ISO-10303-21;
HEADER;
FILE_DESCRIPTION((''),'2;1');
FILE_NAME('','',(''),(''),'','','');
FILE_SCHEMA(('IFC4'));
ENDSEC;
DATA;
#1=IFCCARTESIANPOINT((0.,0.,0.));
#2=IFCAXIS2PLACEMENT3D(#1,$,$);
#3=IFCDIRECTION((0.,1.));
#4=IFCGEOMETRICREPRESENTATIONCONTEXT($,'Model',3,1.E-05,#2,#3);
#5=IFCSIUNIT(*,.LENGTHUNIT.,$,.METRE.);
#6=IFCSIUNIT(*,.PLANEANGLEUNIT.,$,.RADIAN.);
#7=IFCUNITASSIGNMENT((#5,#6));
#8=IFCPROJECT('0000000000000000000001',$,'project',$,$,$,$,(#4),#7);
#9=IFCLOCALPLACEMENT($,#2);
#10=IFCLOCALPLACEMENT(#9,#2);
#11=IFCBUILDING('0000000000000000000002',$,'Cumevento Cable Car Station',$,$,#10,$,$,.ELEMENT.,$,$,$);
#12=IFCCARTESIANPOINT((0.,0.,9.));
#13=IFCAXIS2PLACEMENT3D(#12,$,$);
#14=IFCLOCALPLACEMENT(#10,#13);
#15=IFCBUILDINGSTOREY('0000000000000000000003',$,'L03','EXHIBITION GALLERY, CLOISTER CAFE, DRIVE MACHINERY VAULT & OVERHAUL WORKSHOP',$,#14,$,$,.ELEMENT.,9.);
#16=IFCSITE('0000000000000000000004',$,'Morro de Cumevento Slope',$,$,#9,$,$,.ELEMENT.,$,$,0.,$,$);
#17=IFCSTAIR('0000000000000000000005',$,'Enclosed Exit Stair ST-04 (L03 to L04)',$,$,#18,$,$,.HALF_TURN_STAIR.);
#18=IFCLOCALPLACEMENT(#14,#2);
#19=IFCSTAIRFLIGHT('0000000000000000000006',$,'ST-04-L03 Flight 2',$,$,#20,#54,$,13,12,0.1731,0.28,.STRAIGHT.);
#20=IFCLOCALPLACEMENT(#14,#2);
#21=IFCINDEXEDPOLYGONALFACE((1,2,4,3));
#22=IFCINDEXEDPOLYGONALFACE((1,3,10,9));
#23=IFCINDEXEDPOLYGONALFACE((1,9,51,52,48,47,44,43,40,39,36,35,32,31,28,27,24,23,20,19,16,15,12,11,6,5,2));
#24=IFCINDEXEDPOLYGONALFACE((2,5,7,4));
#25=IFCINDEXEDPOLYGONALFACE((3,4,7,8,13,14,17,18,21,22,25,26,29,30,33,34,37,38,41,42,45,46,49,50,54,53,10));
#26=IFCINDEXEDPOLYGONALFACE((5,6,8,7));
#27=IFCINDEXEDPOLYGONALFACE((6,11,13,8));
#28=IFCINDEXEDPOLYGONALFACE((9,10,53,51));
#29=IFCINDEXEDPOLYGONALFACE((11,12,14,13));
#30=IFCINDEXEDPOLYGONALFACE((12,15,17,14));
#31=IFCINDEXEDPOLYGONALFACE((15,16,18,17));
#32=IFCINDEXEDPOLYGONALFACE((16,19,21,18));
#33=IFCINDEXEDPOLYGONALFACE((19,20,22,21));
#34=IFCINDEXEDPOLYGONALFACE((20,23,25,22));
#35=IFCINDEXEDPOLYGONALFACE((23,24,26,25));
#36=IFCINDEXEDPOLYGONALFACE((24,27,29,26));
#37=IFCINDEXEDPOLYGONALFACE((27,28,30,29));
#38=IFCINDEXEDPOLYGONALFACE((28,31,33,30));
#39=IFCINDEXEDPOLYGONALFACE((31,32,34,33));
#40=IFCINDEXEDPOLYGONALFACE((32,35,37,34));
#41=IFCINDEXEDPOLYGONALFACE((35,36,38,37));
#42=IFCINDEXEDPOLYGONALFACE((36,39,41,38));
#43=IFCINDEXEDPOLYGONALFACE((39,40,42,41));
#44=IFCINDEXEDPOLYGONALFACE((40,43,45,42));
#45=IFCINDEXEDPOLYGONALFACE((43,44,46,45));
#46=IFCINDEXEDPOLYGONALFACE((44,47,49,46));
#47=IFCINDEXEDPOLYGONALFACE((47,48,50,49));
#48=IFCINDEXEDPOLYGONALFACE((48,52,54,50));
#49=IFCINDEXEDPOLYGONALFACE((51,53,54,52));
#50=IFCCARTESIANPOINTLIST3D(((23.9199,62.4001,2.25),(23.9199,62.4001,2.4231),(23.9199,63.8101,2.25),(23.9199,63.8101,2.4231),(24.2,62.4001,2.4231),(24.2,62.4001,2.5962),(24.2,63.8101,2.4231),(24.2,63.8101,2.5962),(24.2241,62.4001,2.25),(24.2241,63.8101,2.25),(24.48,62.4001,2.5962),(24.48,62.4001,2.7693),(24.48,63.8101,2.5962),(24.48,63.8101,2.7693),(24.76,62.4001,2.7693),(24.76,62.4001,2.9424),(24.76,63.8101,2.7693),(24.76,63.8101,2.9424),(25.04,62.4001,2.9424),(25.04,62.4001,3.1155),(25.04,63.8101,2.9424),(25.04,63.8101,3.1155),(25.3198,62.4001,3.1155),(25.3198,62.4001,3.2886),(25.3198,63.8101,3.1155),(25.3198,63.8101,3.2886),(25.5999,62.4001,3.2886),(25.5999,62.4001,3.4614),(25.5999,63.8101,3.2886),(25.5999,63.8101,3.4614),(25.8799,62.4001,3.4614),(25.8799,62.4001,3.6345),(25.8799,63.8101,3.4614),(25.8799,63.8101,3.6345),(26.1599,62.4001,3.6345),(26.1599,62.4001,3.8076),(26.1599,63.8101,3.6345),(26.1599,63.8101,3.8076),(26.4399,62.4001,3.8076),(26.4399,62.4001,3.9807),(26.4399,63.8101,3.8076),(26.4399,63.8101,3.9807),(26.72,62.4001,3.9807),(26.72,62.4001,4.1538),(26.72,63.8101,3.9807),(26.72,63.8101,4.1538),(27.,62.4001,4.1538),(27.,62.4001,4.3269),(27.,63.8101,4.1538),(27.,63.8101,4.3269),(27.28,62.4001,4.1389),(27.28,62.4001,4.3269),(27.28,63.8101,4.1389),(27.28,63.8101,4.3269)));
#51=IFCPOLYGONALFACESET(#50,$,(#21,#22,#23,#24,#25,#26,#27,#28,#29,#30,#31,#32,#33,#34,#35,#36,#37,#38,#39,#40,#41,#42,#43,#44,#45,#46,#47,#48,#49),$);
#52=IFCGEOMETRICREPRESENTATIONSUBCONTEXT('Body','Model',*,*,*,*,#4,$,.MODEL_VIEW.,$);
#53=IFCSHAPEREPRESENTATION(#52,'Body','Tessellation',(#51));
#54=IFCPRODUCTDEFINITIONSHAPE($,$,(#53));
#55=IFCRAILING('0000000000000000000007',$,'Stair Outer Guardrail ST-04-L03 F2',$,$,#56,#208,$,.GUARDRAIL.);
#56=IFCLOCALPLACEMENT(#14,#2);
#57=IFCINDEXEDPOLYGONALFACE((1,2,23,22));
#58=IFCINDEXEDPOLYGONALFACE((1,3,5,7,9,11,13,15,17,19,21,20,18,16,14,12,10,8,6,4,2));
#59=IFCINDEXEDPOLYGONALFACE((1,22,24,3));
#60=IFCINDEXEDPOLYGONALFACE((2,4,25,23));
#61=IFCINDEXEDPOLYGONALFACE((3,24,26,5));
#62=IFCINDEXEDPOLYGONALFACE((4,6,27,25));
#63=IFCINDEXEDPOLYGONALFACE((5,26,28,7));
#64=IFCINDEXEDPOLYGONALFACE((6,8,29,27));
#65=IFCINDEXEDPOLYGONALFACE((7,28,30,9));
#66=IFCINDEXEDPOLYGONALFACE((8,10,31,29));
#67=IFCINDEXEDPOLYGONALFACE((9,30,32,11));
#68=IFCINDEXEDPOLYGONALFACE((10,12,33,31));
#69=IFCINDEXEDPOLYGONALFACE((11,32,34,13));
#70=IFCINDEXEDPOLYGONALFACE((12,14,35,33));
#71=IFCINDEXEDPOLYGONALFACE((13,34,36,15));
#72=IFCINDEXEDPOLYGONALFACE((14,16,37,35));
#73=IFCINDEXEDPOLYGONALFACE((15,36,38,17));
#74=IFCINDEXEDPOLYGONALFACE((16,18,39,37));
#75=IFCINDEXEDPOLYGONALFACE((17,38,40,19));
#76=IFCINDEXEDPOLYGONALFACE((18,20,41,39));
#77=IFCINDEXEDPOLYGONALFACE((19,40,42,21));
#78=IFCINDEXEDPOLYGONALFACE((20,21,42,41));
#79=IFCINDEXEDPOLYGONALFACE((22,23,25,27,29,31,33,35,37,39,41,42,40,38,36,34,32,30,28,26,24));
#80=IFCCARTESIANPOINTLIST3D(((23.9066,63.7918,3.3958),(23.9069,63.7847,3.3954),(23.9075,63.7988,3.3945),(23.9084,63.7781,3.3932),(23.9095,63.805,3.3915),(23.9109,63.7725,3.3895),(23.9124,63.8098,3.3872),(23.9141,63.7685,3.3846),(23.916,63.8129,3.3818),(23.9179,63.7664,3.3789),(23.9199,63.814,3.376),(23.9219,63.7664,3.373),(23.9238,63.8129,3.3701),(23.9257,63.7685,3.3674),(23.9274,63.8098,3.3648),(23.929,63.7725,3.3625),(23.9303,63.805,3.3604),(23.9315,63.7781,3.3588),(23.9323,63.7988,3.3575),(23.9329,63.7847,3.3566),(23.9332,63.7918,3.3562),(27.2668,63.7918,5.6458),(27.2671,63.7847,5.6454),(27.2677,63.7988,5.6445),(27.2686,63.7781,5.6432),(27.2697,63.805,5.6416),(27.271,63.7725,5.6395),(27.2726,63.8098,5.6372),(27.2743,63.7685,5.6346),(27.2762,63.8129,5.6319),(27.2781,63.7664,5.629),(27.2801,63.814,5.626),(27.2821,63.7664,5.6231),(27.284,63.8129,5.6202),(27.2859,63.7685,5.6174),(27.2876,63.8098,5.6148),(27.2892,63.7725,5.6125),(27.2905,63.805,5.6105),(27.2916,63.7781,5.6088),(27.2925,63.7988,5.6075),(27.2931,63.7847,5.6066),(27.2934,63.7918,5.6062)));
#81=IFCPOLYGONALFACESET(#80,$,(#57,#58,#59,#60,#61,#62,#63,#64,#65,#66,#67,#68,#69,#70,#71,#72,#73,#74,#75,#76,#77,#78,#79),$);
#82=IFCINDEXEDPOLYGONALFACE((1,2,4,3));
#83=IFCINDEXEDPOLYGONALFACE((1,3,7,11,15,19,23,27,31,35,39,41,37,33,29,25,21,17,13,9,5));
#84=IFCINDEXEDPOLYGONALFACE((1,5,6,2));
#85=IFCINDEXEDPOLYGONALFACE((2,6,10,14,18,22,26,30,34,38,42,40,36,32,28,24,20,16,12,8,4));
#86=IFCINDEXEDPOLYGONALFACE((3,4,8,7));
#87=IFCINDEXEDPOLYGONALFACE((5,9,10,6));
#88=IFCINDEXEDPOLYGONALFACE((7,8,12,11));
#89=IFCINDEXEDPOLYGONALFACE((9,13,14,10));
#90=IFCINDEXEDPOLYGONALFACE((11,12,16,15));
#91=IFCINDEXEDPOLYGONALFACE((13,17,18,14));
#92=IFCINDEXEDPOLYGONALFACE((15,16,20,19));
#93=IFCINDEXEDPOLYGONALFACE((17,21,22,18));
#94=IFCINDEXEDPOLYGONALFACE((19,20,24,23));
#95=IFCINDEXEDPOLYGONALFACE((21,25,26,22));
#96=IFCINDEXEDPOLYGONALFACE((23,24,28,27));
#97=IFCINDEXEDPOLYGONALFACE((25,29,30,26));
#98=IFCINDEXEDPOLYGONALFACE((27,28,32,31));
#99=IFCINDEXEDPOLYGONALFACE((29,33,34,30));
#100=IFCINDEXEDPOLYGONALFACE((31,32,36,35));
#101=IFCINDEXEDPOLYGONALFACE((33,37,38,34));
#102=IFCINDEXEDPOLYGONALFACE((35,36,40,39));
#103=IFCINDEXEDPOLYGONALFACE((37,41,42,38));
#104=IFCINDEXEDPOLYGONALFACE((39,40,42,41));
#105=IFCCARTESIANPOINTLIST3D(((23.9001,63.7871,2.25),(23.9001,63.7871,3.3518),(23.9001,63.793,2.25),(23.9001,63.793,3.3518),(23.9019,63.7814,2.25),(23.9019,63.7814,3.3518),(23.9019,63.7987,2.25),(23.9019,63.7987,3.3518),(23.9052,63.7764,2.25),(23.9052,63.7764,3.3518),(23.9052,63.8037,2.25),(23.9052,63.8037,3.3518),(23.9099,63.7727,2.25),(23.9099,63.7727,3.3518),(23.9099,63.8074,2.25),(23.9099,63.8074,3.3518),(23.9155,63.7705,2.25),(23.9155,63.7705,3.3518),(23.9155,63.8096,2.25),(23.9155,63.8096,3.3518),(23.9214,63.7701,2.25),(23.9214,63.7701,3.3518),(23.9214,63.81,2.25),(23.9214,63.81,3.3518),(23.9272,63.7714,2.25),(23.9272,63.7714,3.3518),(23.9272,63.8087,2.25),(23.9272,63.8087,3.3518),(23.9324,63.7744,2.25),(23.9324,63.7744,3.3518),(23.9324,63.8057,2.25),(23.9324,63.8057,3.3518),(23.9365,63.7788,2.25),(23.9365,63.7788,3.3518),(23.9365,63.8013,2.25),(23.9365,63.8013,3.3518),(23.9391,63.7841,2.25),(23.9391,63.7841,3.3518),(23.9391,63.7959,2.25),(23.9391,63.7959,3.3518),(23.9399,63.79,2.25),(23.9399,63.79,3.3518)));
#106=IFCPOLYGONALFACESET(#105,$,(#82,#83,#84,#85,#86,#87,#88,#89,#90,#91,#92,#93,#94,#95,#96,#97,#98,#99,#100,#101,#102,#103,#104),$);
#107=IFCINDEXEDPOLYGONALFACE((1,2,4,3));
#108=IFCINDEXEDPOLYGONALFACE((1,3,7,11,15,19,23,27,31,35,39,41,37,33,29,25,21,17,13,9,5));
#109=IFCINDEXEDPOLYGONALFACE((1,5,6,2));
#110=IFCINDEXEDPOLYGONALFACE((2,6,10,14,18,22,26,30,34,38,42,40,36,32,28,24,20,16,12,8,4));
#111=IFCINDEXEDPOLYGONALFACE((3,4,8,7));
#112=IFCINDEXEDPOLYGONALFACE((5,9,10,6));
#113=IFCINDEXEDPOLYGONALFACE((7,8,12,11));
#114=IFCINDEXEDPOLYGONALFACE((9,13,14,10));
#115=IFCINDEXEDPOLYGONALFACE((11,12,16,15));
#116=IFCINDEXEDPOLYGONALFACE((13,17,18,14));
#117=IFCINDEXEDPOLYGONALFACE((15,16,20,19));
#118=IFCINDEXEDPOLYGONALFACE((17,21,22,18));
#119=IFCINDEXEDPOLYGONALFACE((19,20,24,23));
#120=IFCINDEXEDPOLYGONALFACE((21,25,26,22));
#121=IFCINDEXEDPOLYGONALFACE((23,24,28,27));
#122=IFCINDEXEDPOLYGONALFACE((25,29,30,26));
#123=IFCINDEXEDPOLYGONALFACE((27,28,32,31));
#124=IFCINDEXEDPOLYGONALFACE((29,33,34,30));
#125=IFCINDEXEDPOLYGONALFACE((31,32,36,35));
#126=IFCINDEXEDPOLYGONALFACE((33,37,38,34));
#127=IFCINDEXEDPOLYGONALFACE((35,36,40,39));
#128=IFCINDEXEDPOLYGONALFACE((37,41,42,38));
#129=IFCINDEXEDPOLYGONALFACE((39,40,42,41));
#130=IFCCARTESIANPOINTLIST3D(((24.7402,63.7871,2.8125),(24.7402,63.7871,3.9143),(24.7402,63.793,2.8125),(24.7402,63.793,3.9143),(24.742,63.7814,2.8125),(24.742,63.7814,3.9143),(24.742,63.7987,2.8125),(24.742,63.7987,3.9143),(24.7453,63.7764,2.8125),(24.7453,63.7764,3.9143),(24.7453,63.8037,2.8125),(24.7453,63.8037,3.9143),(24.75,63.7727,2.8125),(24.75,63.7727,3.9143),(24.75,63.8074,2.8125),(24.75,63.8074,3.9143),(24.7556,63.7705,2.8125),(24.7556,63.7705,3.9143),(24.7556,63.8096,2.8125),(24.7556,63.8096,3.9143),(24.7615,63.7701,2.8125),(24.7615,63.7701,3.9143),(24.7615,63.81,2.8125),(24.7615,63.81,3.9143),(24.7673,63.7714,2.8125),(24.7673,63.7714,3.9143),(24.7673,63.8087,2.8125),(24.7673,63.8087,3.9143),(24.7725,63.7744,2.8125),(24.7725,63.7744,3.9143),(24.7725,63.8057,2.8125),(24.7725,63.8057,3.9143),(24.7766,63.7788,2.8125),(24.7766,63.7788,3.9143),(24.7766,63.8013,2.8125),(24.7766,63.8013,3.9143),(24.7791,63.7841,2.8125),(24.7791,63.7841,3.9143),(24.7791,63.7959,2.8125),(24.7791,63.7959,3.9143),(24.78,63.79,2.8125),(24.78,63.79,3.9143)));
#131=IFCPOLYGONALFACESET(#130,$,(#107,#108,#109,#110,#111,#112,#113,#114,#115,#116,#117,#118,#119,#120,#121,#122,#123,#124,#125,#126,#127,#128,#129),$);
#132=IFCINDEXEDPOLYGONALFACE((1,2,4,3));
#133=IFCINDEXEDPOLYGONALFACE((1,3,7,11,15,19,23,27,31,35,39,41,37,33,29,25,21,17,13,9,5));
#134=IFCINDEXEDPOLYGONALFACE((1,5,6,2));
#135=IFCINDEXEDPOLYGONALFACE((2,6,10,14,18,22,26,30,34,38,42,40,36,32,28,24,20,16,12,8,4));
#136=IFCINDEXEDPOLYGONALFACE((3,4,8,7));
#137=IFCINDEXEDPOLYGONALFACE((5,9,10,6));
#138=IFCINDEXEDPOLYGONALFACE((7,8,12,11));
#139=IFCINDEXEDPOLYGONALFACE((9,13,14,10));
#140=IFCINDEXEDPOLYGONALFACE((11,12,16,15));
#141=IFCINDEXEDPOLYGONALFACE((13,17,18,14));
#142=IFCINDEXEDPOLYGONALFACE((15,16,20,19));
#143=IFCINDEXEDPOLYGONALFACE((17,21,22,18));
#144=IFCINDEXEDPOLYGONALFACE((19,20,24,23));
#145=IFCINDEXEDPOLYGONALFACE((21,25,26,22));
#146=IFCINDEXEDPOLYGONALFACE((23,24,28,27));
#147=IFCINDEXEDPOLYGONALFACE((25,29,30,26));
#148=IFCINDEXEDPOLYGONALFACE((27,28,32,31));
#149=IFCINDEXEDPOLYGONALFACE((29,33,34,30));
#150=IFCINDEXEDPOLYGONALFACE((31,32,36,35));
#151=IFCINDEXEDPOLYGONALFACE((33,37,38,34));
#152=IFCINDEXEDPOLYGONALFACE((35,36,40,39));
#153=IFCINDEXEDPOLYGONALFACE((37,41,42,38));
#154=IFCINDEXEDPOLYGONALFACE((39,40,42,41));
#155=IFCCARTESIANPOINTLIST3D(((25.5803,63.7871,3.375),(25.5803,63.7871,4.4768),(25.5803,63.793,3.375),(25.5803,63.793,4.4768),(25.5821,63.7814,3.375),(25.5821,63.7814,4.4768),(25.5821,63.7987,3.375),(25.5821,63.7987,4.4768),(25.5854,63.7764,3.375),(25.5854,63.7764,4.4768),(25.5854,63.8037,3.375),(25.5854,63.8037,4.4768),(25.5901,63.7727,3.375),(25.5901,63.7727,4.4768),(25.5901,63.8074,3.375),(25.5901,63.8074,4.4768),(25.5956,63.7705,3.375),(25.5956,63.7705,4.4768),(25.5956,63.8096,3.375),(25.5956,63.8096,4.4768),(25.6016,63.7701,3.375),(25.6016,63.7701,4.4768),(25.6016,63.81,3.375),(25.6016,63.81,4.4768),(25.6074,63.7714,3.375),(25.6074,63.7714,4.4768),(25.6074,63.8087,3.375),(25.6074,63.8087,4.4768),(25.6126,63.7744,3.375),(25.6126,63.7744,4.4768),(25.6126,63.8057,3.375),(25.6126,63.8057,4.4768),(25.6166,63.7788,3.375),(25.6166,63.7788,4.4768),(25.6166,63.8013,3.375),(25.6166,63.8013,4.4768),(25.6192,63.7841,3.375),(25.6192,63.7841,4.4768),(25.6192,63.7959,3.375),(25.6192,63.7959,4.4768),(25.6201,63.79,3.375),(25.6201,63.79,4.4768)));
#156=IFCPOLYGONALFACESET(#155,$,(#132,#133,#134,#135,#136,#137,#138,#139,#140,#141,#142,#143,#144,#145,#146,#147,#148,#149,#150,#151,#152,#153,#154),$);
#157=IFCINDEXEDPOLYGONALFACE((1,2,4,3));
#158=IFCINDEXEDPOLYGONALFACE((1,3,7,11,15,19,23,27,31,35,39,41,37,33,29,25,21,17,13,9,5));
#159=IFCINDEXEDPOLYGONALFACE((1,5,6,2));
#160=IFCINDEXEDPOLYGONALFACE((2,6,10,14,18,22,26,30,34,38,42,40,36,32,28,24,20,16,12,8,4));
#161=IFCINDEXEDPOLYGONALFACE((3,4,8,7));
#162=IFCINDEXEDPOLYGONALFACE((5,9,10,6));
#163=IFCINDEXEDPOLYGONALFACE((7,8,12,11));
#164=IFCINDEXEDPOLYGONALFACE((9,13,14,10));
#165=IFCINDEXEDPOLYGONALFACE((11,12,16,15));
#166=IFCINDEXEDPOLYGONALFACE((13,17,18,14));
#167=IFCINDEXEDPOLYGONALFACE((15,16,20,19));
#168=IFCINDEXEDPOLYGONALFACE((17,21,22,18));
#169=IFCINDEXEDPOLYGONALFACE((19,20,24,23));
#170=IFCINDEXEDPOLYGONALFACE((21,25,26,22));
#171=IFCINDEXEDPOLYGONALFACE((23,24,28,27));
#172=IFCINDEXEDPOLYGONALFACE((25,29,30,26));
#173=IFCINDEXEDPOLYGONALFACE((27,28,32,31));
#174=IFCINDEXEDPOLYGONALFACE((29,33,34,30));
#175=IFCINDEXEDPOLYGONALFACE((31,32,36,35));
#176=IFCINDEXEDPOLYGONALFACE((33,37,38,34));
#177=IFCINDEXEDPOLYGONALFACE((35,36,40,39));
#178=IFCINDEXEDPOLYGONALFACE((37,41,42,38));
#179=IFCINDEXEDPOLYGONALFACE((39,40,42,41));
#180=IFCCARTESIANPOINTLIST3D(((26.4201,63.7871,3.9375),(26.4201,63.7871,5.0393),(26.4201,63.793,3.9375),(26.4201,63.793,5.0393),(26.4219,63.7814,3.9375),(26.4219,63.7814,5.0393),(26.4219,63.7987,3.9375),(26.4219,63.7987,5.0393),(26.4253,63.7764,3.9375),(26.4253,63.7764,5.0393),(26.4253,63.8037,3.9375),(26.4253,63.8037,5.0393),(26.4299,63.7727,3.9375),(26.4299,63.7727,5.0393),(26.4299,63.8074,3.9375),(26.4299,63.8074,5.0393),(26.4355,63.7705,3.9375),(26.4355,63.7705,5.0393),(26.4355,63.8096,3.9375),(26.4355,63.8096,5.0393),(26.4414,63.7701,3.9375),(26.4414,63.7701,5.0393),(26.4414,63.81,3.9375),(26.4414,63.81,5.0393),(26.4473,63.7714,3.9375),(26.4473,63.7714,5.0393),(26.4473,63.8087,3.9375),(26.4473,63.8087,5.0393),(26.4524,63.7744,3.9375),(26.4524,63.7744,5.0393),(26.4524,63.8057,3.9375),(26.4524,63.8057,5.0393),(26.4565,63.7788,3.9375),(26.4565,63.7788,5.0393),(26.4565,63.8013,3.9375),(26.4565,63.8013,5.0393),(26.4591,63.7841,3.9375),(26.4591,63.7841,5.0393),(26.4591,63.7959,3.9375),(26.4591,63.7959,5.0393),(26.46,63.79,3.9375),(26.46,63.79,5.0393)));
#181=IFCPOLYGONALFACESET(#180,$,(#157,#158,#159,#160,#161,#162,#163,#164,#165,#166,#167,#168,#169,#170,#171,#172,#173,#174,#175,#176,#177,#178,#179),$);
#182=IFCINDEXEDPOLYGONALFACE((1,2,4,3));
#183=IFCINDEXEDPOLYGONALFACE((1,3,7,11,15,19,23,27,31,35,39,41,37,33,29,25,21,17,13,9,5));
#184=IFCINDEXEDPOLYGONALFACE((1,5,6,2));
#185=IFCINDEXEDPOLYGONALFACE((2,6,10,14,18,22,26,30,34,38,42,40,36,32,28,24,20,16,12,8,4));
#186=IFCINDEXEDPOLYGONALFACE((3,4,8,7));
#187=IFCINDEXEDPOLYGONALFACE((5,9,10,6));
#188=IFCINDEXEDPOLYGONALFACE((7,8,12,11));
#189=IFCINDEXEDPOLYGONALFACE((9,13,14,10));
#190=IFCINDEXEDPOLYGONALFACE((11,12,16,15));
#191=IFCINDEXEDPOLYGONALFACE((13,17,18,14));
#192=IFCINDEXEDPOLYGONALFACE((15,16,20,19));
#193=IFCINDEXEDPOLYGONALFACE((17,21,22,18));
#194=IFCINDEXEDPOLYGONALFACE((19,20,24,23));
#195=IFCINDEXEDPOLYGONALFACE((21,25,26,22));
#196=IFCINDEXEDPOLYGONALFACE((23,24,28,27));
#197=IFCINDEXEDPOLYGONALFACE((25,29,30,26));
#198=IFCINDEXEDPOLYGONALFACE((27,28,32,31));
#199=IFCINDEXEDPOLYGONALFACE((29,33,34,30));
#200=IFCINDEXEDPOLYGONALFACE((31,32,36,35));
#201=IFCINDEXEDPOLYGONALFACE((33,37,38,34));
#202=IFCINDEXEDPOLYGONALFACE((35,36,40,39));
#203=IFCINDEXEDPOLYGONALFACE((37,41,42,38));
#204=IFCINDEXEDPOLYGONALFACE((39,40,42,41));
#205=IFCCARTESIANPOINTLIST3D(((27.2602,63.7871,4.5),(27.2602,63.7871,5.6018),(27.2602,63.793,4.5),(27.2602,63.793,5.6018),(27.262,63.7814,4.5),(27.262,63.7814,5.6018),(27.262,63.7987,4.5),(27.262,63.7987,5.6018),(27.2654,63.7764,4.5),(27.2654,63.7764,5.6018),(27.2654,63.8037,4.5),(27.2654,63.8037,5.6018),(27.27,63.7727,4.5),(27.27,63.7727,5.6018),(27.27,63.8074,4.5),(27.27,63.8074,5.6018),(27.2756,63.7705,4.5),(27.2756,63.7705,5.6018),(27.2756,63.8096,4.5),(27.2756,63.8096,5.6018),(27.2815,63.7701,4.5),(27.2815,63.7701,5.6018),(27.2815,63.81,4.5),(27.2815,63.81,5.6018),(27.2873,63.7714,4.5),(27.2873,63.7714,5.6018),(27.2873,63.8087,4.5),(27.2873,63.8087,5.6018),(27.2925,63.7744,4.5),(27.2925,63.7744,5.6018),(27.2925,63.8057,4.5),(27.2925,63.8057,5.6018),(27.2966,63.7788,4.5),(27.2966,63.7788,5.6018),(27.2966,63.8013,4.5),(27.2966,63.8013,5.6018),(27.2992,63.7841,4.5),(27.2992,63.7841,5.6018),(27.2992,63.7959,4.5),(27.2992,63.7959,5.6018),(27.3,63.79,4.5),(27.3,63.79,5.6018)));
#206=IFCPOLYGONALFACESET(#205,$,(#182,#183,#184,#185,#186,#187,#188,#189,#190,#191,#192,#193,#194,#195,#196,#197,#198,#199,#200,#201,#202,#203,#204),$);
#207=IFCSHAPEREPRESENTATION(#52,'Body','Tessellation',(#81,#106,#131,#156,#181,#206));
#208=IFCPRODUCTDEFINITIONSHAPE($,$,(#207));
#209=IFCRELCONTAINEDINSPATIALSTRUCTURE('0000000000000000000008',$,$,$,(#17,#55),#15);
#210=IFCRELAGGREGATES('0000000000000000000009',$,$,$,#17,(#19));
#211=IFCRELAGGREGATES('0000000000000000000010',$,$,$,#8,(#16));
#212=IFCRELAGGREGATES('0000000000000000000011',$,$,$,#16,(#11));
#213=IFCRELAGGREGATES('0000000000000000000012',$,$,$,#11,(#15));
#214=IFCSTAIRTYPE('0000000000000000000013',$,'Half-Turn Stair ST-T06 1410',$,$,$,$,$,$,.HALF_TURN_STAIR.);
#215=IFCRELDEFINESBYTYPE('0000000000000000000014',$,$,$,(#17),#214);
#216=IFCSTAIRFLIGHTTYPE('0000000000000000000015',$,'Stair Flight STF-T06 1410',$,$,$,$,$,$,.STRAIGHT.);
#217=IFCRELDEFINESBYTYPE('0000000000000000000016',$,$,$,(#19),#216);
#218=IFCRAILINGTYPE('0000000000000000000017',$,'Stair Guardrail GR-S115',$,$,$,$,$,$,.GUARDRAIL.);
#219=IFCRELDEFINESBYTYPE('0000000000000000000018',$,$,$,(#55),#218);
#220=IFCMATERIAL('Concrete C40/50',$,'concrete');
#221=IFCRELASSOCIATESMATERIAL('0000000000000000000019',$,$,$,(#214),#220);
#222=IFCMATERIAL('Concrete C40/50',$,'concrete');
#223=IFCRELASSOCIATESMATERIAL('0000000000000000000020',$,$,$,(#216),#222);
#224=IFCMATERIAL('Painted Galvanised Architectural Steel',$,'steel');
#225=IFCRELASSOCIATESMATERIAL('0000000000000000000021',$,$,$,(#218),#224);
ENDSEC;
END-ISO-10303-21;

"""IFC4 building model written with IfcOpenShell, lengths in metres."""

from ifc_helpers import new_model, si_unit, direction, frame, origin, origin_2d, place, context, subcontext, project, spatial, polyline, circle, outline, extrude, material, type_object, element, aggregate, save


model = new_model("IFC4")

# Units and contexts
model_context = context("Model", 3, precision=1e-05, world=origin(), true_north=direction((0.0, 1.0)))
body_context = subcontext(model_context, "Body", "Model", "MODEL_VIEW")
ifc_project = project(units=[si_unit("LENGTHUNIT", "METRE"), si_unit("PLANEANGLEUNIT", "RADIAN")], contexts=[model_context])

# Site, building, storey
site_placement = place(None, origin())
site = spatial("IfcSite", under=ifc_project, at=site_placement, Name="Morro de Cumevento Slope", CompositionType="ELEMENT", RefElevation=0.0)
building_placement = place(site_placement, origin())
building = spatial("IfcBuilding", under=site, at=building_placement, Name="Cumevento Cable Car Station", CompositionType="ELEMENT")
storey_placement = place(building_placement, frame((0.0, 0.0, 9.0)))
storey = spatial("IfcBuildingStorey", under=building, at=storey_placement, Name="L03", Description="EXHIBITION GALLERY, CLOISTER CAFE, DRIVE MACHINERY VAULT & OVERHAUL WORKSHOP", CompositionType="ELEMENT", Elevation=9.0)

# Stair, stair flight
ifc_material_1 = material(Name="Concrete C40/50", Category="concrete")
stair_type = type_object("IfcStairType", Name="Half-Turn Stair ST-T06 1410", PredefinedType="HALF_TURN_STAIR", material=ifc_material_1)
stair_placement = place(storey_placement, origin())
stair = element("IfcStair", 1, at=stair_placement, inside=storey, type_object=stair_type, Name="Enclosed Exit Stair ST-04 (L03 to L04)", PredefinedType="HALF_TURN_STAIR")
ifc_material_2 = material(Name="Concrete C40/50", Category="concrete")
stair_flight_type = type_object("IfcStairFlightType", Name="Stair Flight STF-T06 1410", PredefinedType="STRAIGHT", material=ifc_material_2)
stair_flight_placement = place(storey_placement, frame((23.9199, 63.105, 2.25), z_axis=(0.0, 0.0, 1.0), x_axis=(1.0, 0.0, 0.0)))
stair_flight = element("IfcStairFlight", 2, at=stair_flight_placement, type_object=stair_flight_type, Name="ST-04-L03 Flight 2", NumberOfRisers=13, NumberOfTreads=12, PredefinedType="STRAIGHT", RiserHeight=0.1731, TreadLength=0.28, context=body_context, shape_type="SweptSolid", body=[
    extrude(outline(polyline([(0.0, 0.0), (0.0, 0.1731), (0.28, 0.1731), (0.28, 0.3462), (0.5601, 0.3462), (0.5601, 0.5193), (0.8401, 0.5193), (0.8401, 0.6924), (1.1201, 0.6924), (1.1201, 0.8655), (1.3999, 0.8655), (1.3999, 1.0386), (1.6799, 1.0386), (1.6799, 1.2114), (1.96, 1.2114), (1.96, 1.3845), (2.24, 1.3845), (2.24, 1.5576), (2.52, 1.5576), (2.52, 1.7307), (2.8, 1.7307), (2.8, 1.9038), (3.0801, 1.9038), (3.0801, 2.0769), (3.3601, 2.0769), (3.3601, 2.25), (3.3601, 1.8889), (0.3042, 0.0), (0.0, 0.0)])), frame((0.0, 0.7051, 0.0), z_axis=(0.0, -1.0, 0.0), x_axis=(1.0, 0.0, 0.0)), (0.0, 0.0, 1.0), 1.4099),
])
aggregate(stair, [stair_flight])

# Railing
ifc_material_3 = material(Name="Painted Galvanised Architectural Steel", Category="steel")
railing_type_1 = type_object("IfcRailingType", Name="Stair Guardrail GR-S115", PredefinedType="GUARDRAIL", material=ifc_material_3)
railing_1_placement = place(storey_placement, frame((23.9199, 63.79, 2.25)))
element("IfcRailing", 3, at=railing_1_placement, inside=storey, type_object=railing_type_1, Name="Stair Outer Guardrail ST-04-L03 F2", PredefinedType="GUARDRAIL", context=body_context, shape_type="SweptSolid", body=[
    extrude(circle(Radius=0.0239, at=origin_2d()), frame((0.0, 0.0, 1.126), z_axis=(0.830915, 0.0, 0.556399), x_axis=(0.0, 1.0, 0.0)), (0.0, 0.0, 1.0), 4.0439),
    extrude(circle(Radius=0.02, at=origin_2d()), origin(), (0.0, 0.0, 1.0), 1.1018),
    extrude(circle(Radius=0.02, at=origin_2d()), frame((0.8401, 0.0, 0.5625)), (0.0, 0.0, 1.0), 1.1018),
    extrude(circle(Radius=0.02, at=origin_2d()), frame((1.6802, 0.0, 1.125)), (0.0, 0.0, 1.0), 1.1018),
    extrude(circle(Radius=0.02, at=origin_2d()), frame((2.52, 0.0, 1.6875)), (0.0, 0.0, 1.0), 1.1018),
    extrude(circle(Radius=0.02, at=origin_2d()), frame((3.3601, 0.0, 2.25)), (0.0, 0.0, 1.0), 1.1018),
])

save(model, "model.ifc")
